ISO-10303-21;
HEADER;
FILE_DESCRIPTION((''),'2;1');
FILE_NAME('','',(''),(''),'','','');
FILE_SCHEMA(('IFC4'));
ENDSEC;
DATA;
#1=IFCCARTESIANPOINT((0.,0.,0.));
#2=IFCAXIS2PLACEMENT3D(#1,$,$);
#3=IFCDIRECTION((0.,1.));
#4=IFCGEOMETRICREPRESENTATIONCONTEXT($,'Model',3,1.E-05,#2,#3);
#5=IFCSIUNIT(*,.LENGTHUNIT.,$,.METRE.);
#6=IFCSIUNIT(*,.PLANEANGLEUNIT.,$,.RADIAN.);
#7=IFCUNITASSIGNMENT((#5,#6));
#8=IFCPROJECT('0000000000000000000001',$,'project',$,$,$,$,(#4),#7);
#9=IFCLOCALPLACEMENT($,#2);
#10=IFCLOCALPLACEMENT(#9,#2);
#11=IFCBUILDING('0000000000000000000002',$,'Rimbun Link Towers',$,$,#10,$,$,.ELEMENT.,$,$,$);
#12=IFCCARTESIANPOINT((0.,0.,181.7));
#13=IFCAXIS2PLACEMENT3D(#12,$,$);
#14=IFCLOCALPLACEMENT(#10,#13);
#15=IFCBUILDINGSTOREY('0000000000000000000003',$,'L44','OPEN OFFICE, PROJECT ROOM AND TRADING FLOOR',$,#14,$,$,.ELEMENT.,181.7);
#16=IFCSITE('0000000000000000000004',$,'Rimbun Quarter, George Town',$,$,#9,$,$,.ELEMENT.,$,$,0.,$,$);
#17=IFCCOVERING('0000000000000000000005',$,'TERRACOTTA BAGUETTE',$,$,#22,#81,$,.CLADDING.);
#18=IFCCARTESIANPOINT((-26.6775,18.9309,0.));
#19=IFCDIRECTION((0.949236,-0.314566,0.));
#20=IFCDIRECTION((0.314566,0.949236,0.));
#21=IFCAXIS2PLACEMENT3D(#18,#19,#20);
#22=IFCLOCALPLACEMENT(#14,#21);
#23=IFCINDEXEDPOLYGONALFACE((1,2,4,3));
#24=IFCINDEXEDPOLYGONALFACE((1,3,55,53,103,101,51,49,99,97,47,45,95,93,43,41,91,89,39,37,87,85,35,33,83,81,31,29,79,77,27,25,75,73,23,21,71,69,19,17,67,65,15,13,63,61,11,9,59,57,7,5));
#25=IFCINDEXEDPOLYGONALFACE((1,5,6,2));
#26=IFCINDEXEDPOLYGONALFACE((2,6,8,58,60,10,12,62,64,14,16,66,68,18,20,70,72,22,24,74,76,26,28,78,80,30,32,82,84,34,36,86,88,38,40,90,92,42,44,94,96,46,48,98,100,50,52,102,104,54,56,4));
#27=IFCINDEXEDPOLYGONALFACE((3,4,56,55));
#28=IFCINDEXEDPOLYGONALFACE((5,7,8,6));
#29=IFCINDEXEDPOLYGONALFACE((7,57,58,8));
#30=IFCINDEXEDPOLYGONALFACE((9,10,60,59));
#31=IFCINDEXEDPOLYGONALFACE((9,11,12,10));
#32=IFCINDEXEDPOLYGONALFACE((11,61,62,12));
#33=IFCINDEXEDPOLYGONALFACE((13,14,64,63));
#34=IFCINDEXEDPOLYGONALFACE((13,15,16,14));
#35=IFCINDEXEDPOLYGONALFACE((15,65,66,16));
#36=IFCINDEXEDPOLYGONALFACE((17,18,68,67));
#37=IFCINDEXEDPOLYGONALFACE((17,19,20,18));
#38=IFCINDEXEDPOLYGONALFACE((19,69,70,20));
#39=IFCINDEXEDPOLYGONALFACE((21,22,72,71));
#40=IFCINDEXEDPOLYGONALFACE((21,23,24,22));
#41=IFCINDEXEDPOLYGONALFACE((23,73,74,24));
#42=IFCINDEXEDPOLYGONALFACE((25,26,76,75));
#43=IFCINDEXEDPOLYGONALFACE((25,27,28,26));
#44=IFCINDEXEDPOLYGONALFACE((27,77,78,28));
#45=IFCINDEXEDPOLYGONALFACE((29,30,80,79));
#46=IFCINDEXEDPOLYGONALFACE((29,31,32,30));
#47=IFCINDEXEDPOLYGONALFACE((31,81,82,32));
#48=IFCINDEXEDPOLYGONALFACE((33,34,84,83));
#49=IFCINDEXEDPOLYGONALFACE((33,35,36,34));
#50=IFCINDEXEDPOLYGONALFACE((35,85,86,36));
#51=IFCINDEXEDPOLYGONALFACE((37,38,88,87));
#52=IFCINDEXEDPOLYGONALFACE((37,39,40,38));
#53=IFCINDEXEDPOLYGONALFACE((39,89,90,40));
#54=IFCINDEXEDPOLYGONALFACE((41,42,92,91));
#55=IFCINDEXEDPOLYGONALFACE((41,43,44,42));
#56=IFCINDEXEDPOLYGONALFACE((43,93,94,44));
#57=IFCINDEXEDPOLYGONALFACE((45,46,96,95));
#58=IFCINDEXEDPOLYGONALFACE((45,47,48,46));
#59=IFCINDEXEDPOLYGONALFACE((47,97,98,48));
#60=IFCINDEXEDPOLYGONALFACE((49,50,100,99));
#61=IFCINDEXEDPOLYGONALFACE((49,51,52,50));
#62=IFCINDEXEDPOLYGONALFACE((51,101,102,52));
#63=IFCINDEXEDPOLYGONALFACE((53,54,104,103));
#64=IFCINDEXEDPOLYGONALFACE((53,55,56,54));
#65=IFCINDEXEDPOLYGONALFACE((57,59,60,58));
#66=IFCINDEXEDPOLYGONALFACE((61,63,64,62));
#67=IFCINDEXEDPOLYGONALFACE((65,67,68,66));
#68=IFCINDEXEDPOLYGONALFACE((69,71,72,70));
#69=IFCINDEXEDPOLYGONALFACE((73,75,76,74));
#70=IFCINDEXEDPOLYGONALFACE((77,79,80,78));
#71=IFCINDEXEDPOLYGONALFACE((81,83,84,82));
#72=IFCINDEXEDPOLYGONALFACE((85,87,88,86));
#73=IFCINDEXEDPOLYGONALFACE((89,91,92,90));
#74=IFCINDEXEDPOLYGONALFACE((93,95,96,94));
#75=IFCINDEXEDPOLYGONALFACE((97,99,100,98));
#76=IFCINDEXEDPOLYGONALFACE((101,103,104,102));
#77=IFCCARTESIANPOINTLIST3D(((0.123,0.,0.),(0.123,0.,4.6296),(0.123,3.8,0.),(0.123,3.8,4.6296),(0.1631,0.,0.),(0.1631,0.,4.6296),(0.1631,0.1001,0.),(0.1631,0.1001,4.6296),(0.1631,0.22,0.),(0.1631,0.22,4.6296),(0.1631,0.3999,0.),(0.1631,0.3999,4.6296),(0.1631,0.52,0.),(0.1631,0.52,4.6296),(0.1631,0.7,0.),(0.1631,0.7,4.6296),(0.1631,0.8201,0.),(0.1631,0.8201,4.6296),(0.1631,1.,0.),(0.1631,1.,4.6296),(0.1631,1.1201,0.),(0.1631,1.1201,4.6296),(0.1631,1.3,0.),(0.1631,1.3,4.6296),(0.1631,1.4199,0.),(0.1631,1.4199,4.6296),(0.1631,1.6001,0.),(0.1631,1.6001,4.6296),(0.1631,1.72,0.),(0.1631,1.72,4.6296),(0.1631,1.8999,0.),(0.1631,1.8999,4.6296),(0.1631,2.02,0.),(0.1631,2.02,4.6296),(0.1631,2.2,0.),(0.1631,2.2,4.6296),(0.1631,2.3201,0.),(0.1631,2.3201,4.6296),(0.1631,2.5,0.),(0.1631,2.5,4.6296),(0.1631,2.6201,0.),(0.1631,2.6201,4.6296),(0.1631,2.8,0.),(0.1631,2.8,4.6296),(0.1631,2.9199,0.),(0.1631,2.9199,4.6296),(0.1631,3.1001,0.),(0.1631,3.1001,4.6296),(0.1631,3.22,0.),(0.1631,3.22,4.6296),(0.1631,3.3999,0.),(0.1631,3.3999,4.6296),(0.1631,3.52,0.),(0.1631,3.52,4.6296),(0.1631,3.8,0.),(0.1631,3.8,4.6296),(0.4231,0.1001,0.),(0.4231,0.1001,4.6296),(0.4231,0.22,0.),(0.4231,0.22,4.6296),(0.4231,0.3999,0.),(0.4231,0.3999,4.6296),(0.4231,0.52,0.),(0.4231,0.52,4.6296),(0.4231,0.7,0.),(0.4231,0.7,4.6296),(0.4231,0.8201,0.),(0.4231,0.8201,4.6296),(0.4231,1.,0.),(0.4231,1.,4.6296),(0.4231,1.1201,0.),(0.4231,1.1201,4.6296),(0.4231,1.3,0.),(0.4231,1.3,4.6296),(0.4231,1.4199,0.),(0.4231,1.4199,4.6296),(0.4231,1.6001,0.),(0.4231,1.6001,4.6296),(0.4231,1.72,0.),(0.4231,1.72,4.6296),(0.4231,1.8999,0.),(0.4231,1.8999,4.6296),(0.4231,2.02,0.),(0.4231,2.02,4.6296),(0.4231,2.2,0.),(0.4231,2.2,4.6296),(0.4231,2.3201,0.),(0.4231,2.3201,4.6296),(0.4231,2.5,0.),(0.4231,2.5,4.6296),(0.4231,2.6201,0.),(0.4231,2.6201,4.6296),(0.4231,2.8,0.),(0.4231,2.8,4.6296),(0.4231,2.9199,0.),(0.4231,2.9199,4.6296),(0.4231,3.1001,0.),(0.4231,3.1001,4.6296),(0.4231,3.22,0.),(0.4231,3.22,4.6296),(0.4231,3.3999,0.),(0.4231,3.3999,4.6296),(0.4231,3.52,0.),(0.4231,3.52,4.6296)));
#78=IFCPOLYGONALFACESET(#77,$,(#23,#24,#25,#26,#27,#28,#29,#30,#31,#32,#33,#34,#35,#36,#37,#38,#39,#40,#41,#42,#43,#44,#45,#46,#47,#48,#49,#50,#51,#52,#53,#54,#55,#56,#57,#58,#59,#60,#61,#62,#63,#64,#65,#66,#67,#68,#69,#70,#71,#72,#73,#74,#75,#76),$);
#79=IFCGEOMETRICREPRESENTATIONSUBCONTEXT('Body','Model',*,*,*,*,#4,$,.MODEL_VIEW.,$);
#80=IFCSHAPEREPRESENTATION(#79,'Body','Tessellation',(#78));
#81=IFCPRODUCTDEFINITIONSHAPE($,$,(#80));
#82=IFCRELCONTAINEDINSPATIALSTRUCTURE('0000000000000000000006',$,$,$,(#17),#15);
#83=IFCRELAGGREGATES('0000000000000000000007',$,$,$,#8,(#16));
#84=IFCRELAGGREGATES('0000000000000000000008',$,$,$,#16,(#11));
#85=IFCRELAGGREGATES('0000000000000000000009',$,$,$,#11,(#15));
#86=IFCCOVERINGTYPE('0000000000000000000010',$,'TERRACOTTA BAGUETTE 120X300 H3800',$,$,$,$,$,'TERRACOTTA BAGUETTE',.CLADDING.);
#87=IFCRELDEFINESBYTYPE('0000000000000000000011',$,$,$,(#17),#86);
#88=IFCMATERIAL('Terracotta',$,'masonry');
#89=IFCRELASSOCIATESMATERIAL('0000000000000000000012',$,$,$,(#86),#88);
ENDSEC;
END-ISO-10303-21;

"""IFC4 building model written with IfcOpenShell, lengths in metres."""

from ifc_helpers import new_model, si_unit, direction, frame, origin, place, context, subcontext, project, spatial, polyline, outline, extrude, material, material_profile, profile_set, type_object, element, save


model = new_model("IFC4")

# Units and contexts
model_context = context("Model", 3, precision=1e-05, world=origin(), true_north=direction((0.0, 1.0)))
body_context = subcontext(model_context, "Body", "Model", "MODEL_VIEW")
ifc_project = project(units=[si_unit("LENGTHUNIT", "METRE"), si_unit("PLANEANGLEUNIT", "RADIAN")], contexts=[model_context])

# Site, building, storey
site_placement = place(None, origin())
site = spatial("IfcSite", under=ifc_project, at=site_placement, Name="Rimbun Quarter, George Town", CompositionType="ELEMENT", RefElevation=0.0)
building_placement = place(site_placement, origin())
building = spatial("IfcBuilding", under=site, at=building_placement, Name="Rimbun Link Towers", CompositionType="ELEMENT")
storey_placement = place(building_placement, frame((0.0, 0.0, 181.7)))
storey = spatial("IfcBuildingStorey", under=building, at=storey_placement, Name="L44", Description="OPEN OFFICE, PROJECT ROOM AND TRADING FLOOR", CompositionType="ELEMENT", Elevation=181.7)

# Covering
ifc_material_1 = material(Name="Terracotta", Category="masonry")
ifc_material_profile_1 = material_profile(ifc_material_1, outline(polyline([(0.123, 0.0), (0.1631, 0.0), (0.1631, 0.1001), (0.4231, 0.1001), (0.4231, 0.22), (0.1631, 0.22), (0.1631, 0.3999), (0.4231, 0.3999), (0.4231, 0.52), (0.1631, 0.52), (0.1631, 0.7), (0.4231, 0.7), (0.4231, 0.8201), (0.1631, 0.8201), (0.1631, 1.0), (0.4231, 1.0), (0.4231, 1.1201), (0.1631, 1.1201), (0.1631, 1.3), (0.4231, 1.3), (0.4231, 1.4199), (0.1631, 1.4199), (0.1631, 1.6001), (0.4231, 1.6001), (0.4231, 1.72), (0.1631, 1.72), (0.1631, 1.8999), (0.4231, 1.8999), (0.4231, 2.02), (0.1631, 2.02), (0.1631, 2.2), (0.4231, 2.2), (0.4231, 2.3201), (0.1631, 2.3201), (0.1631, 2.5), (0.4231, 2.5), (0.4231, 2.6201), (0.1631, 2.6201), (0.1631, 2.8), (0.4231, 2.8), (0.4231, 2.9199), (0.1631, 2.9199), (0.1631, 3.1001), (0.4231, 3.1001), (0.4231, 3.22), (0.1631, 3.22), (0.1631, 3.3999), (0.4231, 3.3999), (0.4231, 3.52), (0.1631, 3.52), (0.1631, 3.8), (0.123, 3.8), (0.123, 0.0)])), Name="BAGUETTE 120X300")
ifc_profile_set_1 = profile_set([ifc_material_profile_1], Name="Terracotta")
covering_type = type_object("IfcCoveringType", Name="TERRACOTTA BAGUETTE 120X300 H3800", ElementType="TERRACOTTA BAGUETTE", PredefinedType="CLADDING", material=ifc_profile_set_1)
covering_1_placement = place(storey_placement, frame((-26.6775, 18.9309, 0.0), z_axis=(0.949236, -0.314566, 0.0), x_axis=(0.314566, 0.949236, 0.0)))
element("IfcCovering", 1, at=covering_1_placement, inside=storey, type_object=covering_type, Name="TERRACOTTA BAGUETTE", PredefinedType="CLADDING", context=body_context, shape_type="SweptSolid", body=[
    extrude(outline(polyline([(0.123, 0.0), (0.1631, 0.0), (0.1631, 0.1001), (0.4231, 0.1001), (0.4231, 0.22), (0.1631, 0.22), (0.1631, 0.3999), (0.4231, 0.3999), (0.4231, 0.52), (0.1631, 0.52), (0.1631, 0.7), (0.4231, 0.7), (0.4231, 0.8201), (0.1631, 0.8201), (0.1631, 1.0), (0.4231, 1.0), (0.4231, 1.1201), (0.1631, 1.1201), (0.1631, 1.3), (0.4231, 1.3), (0.4231, 1.4199), (0.1631, 1.4199), (0.1631, 1.6001), (0.4231, 1.6001), (0.4231, 1.72), (0.1631, 1.72), (0.1631, 1.8999), (0.4231, 1.8999), (0.4231, 2.02), (0.1631, 2.02), (0.1631, 2.2), (0.4231, 2.2), (0.4231, 2.3201), (0.1631, 2.3201), (0.1631, 2.5), (0.4231, 2.5), (0.4231, 2.6201), (0.1631, 2.6201), (0.1631, 2.8), (0.4231, 2.8), (0.4231, 2.9199), (0.1631, 2.9199), (0.1631, 3.1001), (0.4231, 3.1001), (0.4231, 3.22), (0.1631, 3.22), (0.1631, 3.3999), (0.4231, 3.3999), (0.4231, 3.52), (0.1631, 3.52), (0.1631, 3.8), (0.123, 3.8), (0.123, 0.0)])), origin(), (0.0, 0.0, 1.0), 4.6296),
])

save(model, "model.ifc")
